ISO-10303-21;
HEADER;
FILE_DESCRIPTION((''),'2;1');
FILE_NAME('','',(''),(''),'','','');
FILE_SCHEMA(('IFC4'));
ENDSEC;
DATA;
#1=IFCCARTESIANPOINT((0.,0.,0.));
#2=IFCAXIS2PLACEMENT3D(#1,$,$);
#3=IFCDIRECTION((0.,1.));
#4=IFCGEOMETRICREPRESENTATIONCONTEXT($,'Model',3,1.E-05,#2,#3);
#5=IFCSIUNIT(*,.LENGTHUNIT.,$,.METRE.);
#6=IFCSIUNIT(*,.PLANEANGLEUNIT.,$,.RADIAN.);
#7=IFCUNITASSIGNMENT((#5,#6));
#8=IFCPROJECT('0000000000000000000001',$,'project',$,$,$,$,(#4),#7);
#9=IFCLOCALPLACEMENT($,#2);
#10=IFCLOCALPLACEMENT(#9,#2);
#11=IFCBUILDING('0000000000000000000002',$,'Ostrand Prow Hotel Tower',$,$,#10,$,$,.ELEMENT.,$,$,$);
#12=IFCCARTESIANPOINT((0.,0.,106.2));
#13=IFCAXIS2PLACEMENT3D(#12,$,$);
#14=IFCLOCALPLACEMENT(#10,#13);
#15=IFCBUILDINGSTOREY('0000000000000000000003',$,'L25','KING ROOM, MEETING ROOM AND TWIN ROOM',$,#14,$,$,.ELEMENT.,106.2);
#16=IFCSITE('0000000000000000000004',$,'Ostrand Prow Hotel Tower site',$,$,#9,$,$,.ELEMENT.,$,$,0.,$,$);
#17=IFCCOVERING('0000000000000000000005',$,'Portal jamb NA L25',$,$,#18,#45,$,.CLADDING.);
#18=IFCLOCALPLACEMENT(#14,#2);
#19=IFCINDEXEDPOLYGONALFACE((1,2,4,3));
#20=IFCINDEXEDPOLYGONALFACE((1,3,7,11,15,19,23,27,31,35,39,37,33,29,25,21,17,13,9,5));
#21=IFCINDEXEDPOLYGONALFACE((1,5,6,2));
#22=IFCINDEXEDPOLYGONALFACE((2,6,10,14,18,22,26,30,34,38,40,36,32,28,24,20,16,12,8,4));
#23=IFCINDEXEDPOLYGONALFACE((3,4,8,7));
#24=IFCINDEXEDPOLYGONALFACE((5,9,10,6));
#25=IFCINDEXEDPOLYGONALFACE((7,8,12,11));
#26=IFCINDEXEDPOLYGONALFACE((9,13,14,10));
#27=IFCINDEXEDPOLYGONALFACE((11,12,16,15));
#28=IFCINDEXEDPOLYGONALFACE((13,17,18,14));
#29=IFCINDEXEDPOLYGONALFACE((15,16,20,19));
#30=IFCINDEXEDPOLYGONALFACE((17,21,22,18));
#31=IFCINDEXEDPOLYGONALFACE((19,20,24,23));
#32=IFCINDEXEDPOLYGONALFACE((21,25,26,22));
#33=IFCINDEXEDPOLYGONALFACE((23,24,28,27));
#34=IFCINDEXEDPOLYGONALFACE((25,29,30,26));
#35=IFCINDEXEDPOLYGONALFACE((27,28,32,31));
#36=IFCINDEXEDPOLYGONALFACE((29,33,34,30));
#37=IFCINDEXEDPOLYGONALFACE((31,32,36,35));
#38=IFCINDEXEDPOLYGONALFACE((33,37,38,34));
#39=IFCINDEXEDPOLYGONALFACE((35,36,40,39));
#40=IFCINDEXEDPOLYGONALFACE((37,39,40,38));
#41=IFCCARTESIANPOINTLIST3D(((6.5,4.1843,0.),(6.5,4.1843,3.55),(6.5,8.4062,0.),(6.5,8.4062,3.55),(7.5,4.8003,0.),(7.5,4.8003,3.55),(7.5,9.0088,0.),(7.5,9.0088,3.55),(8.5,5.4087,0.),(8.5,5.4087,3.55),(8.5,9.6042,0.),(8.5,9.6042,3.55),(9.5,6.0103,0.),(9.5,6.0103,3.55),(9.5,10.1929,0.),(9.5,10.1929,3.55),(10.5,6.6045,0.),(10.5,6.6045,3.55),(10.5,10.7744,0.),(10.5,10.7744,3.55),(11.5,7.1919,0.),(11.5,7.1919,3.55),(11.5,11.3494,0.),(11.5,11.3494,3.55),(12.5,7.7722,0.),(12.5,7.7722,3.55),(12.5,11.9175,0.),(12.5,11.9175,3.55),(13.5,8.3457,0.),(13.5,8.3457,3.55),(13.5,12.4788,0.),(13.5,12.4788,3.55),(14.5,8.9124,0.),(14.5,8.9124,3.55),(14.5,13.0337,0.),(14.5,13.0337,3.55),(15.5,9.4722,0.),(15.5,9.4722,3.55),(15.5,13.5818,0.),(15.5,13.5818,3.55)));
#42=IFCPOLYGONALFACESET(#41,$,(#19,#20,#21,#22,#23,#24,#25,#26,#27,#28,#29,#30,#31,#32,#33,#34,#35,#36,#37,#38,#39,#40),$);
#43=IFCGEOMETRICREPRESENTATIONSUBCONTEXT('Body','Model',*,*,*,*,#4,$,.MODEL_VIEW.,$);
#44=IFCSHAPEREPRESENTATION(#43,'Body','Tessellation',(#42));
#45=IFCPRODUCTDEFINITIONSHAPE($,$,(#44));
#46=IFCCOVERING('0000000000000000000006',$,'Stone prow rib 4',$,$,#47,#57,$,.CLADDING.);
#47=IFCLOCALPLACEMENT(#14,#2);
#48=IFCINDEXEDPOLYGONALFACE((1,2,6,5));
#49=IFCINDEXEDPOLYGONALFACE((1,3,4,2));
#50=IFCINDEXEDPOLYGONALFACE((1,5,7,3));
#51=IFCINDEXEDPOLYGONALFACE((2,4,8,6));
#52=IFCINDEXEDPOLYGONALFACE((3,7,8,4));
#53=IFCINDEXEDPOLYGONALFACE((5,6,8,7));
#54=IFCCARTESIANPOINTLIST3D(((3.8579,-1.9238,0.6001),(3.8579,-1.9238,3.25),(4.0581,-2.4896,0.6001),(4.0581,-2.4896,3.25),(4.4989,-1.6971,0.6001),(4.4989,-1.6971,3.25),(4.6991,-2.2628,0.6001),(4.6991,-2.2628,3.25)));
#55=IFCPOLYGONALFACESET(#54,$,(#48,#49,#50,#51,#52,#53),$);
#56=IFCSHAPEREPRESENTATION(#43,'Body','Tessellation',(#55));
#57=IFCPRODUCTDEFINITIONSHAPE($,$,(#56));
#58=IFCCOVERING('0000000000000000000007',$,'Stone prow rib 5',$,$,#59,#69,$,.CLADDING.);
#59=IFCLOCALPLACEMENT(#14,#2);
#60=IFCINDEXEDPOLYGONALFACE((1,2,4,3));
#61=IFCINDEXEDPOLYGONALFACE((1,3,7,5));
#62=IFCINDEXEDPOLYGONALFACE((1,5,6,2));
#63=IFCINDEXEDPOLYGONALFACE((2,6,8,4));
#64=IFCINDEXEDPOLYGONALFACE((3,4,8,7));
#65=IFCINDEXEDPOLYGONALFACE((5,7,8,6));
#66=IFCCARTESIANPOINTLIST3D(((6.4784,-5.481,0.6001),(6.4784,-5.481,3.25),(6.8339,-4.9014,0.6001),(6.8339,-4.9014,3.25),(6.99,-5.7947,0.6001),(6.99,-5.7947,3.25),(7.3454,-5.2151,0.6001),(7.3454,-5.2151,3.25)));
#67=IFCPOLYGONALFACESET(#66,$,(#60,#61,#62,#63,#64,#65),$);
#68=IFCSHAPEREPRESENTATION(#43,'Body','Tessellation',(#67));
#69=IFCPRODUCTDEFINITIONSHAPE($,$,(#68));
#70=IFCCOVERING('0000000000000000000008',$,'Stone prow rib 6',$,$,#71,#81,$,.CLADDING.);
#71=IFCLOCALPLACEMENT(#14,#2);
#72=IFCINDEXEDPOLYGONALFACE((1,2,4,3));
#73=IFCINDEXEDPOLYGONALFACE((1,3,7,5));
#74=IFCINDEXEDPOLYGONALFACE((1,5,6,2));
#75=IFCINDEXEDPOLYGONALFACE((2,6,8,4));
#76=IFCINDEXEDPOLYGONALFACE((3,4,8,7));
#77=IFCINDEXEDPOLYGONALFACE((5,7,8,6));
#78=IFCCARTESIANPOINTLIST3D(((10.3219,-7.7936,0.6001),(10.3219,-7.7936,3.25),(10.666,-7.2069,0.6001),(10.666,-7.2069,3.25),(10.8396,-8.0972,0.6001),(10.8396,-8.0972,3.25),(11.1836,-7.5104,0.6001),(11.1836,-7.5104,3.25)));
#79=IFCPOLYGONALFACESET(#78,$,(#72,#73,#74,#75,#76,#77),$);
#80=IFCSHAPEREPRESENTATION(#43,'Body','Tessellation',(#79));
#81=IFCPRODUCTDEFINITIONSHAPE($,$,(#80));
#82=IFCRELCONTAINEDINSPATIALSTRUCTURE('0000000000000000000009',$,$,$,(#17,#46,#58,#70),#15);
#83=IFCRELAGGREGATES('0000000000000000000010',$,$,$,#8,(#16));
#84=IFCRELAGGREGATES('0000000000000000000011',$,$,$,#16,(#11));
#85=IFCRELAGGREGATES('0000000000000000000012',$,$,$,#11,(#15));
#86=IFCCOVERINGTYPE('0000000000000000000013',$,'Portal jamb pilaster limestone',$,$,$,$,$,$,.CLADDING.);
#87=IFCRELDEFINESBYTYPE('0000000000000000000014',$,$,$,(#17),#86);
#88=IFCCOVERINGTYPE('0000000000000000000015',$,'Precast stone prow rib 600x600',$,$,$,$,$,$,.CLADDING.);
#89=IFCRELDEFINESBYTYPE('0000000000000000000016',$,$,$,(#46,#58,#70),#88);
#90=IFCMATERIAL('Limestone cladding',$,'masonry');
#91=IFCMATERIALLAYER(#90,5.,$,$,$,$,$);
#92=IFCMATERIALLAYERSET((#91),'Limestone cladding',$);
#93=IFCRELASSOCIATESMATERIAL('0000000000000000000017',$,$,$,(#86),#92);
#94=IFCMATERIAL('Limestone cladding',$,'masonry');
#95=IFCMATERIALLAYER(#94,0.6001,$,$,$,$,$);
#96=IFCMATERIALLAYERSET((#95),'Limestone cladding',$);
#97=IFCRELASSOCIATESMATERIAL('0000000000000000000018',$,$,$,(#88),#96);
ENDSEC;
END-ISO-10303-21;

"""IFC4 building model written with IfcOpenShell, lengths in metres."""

from ifc_helpers import new_model, si_unit, direction, frame, frame_2d, origin, place, context, subcontext, project, spatial, polyline, rectangle, outline, extrude, material, layer, layer_set, type_object, element, save


model = new_model("IFC4")

# Units and contexts
model_context = context("Model", 3, precision=1e-05, world=origin(), true_north=direction((0.0, 1.0)))
body_context = subcontext(model_context, "Body", "Model", "MODEL_VIEW")
ifc_project = project(units=[si_unit("LENGTHUNIT", "METRE"), si_unit("PLANEANGLEUNIT", "RADIAN")], contexts=[model_context])

# Site, building, storey
site_placement = place(None, origin())
site = spatial("IfcSite", under=ifc_project, at=site_placement, Name="Ostrand Prow Hotel Tower site", CompositionType="ELEMENT", RefElevation=0.0)
building_placement = place(site_placement, origin())
building = spatial("IfcBuilding", under=site, at=building_placement, Name="Ostrand Prow Hotel Tower", CompositionType="ELEMENT")
storey_placement = place(building_placement, frame((0.0, 0.0, 106.2)))
storey = spatial("IfcBuildingStorey", under=building, at=storey_placement, Name="L25", Description="KING ROOM, MEETING ROOM AND TWIN ROOM", CompositionType="ELEMENT", Elevation=106.2)

# Coverings
ifc_material_1 = material(Name="Limestone cladding", Category="masonry")
ifc_layer_1 = layer(ifc_material_1, 5.0)
ifc_layer_set_1 = layer_set([ifc_layer_1], Name="Limestone cladding")
covering_type_1 = type_object("IfcCoveringType", Name="Portal jamb pilaster limestone", PredefinedType="CLADDING", material=ifc_layer_set_1)
covering_1_placement = place(storey_placement, origin())
element("IfcCovering", 1, at=covering_1_placement, inside=storey, type_object=covering_type_1, Name="Portal jamb NA L25", PredefinedType="CLADDING", context=body_context, shape_type="SweptSolid", body=[
    extrude(outline(polyline([(6.5, 4.1843), (7.5, 4.8003), (8.5, 5.4087), (9.5, 6.0103), (10.5, 6.6045), (11.5, 7.1919), (12.5, 7.7722), (13.5, 8.3457), (14.5, 8.9124), (15.5, 9.4722), (15.5, 13.5818), (14.5, 13.0337), (13.5, 12.4788), (12.5, 11.9175), (11.5, 11.3494), (10.5, 10.7744), (9.5, 10.1929), (8.5, 9.6042), (7.5, 9.0088), (6.5, 8.4062), (6.5, 4.1843)])), origin(), (0.0, 0.0, 1.0), 3.55),
])
ifc_material_2 = material(Name="Limestone cladding", Category="masonry")
ifc_layer_2 = layer(ifc_material_2, 0.6001)
ifc_layer_set_2 = layer_set([ifc_layer_2], Name="Limestone cladding")
covering_type_2 = type_object("IfcCoveringType", Name="Precast stone prow rib 600x600", PredefinedType="CLADDING", material=ifc_layer_set_2)
for number, where, z_axis, x_axis, name in (
    (2, (4.5989, -1.98, 0.6001), (0.0, 0.0, 1.0), (-0.942745, -0.333515, 0.0), "Stone prow rib 4"),
    (3, (7.0896, -5.0583, 0.6001), (0.0, 0.0, 1.0), (-0.522815, -0.852446, 0.0), "Stone prow rib 5"),
):
    element("IfcCovering", number, at=place(storey_placement, frame(where, z_axis=z_axis, x_axis=x_axis)), inside=storey, type_object=covering_type_2, Name=name, PredefinedType="CLADDING", context=body_context, shape_type="SweptSolid", body=[
        extrude(rectangle(XDim=0.6799, YDim=0.6001, at=frame_2d((0.3398, 0.0))), origin(), (0.0, 0.0, 1.0), 2.6499),
    ])
covering_2_placement = place(storey_placement, frame((10.9248, -7.3586, 0.6001), z_axis=(0.0, 0.0, 1.0), x_axis=(-0.505812, -0.862644, 0.0)))
element("IfcCovering", 4, at=covering_2_placement, inside=storey, type_object=covering_type_2, Name="Stone prow rib 6", PredefinedType="CLADDING", context=body_context, shape_type="SweptSolid", body=[
    extrude(rectangle(XDim=0.6802, YDim=0.6001, at=frame_2d((0.3401, 0.0))), origin(), (0.0, 0.0, 1.0), 2.6499),
])

save(model, "model.ifc")
